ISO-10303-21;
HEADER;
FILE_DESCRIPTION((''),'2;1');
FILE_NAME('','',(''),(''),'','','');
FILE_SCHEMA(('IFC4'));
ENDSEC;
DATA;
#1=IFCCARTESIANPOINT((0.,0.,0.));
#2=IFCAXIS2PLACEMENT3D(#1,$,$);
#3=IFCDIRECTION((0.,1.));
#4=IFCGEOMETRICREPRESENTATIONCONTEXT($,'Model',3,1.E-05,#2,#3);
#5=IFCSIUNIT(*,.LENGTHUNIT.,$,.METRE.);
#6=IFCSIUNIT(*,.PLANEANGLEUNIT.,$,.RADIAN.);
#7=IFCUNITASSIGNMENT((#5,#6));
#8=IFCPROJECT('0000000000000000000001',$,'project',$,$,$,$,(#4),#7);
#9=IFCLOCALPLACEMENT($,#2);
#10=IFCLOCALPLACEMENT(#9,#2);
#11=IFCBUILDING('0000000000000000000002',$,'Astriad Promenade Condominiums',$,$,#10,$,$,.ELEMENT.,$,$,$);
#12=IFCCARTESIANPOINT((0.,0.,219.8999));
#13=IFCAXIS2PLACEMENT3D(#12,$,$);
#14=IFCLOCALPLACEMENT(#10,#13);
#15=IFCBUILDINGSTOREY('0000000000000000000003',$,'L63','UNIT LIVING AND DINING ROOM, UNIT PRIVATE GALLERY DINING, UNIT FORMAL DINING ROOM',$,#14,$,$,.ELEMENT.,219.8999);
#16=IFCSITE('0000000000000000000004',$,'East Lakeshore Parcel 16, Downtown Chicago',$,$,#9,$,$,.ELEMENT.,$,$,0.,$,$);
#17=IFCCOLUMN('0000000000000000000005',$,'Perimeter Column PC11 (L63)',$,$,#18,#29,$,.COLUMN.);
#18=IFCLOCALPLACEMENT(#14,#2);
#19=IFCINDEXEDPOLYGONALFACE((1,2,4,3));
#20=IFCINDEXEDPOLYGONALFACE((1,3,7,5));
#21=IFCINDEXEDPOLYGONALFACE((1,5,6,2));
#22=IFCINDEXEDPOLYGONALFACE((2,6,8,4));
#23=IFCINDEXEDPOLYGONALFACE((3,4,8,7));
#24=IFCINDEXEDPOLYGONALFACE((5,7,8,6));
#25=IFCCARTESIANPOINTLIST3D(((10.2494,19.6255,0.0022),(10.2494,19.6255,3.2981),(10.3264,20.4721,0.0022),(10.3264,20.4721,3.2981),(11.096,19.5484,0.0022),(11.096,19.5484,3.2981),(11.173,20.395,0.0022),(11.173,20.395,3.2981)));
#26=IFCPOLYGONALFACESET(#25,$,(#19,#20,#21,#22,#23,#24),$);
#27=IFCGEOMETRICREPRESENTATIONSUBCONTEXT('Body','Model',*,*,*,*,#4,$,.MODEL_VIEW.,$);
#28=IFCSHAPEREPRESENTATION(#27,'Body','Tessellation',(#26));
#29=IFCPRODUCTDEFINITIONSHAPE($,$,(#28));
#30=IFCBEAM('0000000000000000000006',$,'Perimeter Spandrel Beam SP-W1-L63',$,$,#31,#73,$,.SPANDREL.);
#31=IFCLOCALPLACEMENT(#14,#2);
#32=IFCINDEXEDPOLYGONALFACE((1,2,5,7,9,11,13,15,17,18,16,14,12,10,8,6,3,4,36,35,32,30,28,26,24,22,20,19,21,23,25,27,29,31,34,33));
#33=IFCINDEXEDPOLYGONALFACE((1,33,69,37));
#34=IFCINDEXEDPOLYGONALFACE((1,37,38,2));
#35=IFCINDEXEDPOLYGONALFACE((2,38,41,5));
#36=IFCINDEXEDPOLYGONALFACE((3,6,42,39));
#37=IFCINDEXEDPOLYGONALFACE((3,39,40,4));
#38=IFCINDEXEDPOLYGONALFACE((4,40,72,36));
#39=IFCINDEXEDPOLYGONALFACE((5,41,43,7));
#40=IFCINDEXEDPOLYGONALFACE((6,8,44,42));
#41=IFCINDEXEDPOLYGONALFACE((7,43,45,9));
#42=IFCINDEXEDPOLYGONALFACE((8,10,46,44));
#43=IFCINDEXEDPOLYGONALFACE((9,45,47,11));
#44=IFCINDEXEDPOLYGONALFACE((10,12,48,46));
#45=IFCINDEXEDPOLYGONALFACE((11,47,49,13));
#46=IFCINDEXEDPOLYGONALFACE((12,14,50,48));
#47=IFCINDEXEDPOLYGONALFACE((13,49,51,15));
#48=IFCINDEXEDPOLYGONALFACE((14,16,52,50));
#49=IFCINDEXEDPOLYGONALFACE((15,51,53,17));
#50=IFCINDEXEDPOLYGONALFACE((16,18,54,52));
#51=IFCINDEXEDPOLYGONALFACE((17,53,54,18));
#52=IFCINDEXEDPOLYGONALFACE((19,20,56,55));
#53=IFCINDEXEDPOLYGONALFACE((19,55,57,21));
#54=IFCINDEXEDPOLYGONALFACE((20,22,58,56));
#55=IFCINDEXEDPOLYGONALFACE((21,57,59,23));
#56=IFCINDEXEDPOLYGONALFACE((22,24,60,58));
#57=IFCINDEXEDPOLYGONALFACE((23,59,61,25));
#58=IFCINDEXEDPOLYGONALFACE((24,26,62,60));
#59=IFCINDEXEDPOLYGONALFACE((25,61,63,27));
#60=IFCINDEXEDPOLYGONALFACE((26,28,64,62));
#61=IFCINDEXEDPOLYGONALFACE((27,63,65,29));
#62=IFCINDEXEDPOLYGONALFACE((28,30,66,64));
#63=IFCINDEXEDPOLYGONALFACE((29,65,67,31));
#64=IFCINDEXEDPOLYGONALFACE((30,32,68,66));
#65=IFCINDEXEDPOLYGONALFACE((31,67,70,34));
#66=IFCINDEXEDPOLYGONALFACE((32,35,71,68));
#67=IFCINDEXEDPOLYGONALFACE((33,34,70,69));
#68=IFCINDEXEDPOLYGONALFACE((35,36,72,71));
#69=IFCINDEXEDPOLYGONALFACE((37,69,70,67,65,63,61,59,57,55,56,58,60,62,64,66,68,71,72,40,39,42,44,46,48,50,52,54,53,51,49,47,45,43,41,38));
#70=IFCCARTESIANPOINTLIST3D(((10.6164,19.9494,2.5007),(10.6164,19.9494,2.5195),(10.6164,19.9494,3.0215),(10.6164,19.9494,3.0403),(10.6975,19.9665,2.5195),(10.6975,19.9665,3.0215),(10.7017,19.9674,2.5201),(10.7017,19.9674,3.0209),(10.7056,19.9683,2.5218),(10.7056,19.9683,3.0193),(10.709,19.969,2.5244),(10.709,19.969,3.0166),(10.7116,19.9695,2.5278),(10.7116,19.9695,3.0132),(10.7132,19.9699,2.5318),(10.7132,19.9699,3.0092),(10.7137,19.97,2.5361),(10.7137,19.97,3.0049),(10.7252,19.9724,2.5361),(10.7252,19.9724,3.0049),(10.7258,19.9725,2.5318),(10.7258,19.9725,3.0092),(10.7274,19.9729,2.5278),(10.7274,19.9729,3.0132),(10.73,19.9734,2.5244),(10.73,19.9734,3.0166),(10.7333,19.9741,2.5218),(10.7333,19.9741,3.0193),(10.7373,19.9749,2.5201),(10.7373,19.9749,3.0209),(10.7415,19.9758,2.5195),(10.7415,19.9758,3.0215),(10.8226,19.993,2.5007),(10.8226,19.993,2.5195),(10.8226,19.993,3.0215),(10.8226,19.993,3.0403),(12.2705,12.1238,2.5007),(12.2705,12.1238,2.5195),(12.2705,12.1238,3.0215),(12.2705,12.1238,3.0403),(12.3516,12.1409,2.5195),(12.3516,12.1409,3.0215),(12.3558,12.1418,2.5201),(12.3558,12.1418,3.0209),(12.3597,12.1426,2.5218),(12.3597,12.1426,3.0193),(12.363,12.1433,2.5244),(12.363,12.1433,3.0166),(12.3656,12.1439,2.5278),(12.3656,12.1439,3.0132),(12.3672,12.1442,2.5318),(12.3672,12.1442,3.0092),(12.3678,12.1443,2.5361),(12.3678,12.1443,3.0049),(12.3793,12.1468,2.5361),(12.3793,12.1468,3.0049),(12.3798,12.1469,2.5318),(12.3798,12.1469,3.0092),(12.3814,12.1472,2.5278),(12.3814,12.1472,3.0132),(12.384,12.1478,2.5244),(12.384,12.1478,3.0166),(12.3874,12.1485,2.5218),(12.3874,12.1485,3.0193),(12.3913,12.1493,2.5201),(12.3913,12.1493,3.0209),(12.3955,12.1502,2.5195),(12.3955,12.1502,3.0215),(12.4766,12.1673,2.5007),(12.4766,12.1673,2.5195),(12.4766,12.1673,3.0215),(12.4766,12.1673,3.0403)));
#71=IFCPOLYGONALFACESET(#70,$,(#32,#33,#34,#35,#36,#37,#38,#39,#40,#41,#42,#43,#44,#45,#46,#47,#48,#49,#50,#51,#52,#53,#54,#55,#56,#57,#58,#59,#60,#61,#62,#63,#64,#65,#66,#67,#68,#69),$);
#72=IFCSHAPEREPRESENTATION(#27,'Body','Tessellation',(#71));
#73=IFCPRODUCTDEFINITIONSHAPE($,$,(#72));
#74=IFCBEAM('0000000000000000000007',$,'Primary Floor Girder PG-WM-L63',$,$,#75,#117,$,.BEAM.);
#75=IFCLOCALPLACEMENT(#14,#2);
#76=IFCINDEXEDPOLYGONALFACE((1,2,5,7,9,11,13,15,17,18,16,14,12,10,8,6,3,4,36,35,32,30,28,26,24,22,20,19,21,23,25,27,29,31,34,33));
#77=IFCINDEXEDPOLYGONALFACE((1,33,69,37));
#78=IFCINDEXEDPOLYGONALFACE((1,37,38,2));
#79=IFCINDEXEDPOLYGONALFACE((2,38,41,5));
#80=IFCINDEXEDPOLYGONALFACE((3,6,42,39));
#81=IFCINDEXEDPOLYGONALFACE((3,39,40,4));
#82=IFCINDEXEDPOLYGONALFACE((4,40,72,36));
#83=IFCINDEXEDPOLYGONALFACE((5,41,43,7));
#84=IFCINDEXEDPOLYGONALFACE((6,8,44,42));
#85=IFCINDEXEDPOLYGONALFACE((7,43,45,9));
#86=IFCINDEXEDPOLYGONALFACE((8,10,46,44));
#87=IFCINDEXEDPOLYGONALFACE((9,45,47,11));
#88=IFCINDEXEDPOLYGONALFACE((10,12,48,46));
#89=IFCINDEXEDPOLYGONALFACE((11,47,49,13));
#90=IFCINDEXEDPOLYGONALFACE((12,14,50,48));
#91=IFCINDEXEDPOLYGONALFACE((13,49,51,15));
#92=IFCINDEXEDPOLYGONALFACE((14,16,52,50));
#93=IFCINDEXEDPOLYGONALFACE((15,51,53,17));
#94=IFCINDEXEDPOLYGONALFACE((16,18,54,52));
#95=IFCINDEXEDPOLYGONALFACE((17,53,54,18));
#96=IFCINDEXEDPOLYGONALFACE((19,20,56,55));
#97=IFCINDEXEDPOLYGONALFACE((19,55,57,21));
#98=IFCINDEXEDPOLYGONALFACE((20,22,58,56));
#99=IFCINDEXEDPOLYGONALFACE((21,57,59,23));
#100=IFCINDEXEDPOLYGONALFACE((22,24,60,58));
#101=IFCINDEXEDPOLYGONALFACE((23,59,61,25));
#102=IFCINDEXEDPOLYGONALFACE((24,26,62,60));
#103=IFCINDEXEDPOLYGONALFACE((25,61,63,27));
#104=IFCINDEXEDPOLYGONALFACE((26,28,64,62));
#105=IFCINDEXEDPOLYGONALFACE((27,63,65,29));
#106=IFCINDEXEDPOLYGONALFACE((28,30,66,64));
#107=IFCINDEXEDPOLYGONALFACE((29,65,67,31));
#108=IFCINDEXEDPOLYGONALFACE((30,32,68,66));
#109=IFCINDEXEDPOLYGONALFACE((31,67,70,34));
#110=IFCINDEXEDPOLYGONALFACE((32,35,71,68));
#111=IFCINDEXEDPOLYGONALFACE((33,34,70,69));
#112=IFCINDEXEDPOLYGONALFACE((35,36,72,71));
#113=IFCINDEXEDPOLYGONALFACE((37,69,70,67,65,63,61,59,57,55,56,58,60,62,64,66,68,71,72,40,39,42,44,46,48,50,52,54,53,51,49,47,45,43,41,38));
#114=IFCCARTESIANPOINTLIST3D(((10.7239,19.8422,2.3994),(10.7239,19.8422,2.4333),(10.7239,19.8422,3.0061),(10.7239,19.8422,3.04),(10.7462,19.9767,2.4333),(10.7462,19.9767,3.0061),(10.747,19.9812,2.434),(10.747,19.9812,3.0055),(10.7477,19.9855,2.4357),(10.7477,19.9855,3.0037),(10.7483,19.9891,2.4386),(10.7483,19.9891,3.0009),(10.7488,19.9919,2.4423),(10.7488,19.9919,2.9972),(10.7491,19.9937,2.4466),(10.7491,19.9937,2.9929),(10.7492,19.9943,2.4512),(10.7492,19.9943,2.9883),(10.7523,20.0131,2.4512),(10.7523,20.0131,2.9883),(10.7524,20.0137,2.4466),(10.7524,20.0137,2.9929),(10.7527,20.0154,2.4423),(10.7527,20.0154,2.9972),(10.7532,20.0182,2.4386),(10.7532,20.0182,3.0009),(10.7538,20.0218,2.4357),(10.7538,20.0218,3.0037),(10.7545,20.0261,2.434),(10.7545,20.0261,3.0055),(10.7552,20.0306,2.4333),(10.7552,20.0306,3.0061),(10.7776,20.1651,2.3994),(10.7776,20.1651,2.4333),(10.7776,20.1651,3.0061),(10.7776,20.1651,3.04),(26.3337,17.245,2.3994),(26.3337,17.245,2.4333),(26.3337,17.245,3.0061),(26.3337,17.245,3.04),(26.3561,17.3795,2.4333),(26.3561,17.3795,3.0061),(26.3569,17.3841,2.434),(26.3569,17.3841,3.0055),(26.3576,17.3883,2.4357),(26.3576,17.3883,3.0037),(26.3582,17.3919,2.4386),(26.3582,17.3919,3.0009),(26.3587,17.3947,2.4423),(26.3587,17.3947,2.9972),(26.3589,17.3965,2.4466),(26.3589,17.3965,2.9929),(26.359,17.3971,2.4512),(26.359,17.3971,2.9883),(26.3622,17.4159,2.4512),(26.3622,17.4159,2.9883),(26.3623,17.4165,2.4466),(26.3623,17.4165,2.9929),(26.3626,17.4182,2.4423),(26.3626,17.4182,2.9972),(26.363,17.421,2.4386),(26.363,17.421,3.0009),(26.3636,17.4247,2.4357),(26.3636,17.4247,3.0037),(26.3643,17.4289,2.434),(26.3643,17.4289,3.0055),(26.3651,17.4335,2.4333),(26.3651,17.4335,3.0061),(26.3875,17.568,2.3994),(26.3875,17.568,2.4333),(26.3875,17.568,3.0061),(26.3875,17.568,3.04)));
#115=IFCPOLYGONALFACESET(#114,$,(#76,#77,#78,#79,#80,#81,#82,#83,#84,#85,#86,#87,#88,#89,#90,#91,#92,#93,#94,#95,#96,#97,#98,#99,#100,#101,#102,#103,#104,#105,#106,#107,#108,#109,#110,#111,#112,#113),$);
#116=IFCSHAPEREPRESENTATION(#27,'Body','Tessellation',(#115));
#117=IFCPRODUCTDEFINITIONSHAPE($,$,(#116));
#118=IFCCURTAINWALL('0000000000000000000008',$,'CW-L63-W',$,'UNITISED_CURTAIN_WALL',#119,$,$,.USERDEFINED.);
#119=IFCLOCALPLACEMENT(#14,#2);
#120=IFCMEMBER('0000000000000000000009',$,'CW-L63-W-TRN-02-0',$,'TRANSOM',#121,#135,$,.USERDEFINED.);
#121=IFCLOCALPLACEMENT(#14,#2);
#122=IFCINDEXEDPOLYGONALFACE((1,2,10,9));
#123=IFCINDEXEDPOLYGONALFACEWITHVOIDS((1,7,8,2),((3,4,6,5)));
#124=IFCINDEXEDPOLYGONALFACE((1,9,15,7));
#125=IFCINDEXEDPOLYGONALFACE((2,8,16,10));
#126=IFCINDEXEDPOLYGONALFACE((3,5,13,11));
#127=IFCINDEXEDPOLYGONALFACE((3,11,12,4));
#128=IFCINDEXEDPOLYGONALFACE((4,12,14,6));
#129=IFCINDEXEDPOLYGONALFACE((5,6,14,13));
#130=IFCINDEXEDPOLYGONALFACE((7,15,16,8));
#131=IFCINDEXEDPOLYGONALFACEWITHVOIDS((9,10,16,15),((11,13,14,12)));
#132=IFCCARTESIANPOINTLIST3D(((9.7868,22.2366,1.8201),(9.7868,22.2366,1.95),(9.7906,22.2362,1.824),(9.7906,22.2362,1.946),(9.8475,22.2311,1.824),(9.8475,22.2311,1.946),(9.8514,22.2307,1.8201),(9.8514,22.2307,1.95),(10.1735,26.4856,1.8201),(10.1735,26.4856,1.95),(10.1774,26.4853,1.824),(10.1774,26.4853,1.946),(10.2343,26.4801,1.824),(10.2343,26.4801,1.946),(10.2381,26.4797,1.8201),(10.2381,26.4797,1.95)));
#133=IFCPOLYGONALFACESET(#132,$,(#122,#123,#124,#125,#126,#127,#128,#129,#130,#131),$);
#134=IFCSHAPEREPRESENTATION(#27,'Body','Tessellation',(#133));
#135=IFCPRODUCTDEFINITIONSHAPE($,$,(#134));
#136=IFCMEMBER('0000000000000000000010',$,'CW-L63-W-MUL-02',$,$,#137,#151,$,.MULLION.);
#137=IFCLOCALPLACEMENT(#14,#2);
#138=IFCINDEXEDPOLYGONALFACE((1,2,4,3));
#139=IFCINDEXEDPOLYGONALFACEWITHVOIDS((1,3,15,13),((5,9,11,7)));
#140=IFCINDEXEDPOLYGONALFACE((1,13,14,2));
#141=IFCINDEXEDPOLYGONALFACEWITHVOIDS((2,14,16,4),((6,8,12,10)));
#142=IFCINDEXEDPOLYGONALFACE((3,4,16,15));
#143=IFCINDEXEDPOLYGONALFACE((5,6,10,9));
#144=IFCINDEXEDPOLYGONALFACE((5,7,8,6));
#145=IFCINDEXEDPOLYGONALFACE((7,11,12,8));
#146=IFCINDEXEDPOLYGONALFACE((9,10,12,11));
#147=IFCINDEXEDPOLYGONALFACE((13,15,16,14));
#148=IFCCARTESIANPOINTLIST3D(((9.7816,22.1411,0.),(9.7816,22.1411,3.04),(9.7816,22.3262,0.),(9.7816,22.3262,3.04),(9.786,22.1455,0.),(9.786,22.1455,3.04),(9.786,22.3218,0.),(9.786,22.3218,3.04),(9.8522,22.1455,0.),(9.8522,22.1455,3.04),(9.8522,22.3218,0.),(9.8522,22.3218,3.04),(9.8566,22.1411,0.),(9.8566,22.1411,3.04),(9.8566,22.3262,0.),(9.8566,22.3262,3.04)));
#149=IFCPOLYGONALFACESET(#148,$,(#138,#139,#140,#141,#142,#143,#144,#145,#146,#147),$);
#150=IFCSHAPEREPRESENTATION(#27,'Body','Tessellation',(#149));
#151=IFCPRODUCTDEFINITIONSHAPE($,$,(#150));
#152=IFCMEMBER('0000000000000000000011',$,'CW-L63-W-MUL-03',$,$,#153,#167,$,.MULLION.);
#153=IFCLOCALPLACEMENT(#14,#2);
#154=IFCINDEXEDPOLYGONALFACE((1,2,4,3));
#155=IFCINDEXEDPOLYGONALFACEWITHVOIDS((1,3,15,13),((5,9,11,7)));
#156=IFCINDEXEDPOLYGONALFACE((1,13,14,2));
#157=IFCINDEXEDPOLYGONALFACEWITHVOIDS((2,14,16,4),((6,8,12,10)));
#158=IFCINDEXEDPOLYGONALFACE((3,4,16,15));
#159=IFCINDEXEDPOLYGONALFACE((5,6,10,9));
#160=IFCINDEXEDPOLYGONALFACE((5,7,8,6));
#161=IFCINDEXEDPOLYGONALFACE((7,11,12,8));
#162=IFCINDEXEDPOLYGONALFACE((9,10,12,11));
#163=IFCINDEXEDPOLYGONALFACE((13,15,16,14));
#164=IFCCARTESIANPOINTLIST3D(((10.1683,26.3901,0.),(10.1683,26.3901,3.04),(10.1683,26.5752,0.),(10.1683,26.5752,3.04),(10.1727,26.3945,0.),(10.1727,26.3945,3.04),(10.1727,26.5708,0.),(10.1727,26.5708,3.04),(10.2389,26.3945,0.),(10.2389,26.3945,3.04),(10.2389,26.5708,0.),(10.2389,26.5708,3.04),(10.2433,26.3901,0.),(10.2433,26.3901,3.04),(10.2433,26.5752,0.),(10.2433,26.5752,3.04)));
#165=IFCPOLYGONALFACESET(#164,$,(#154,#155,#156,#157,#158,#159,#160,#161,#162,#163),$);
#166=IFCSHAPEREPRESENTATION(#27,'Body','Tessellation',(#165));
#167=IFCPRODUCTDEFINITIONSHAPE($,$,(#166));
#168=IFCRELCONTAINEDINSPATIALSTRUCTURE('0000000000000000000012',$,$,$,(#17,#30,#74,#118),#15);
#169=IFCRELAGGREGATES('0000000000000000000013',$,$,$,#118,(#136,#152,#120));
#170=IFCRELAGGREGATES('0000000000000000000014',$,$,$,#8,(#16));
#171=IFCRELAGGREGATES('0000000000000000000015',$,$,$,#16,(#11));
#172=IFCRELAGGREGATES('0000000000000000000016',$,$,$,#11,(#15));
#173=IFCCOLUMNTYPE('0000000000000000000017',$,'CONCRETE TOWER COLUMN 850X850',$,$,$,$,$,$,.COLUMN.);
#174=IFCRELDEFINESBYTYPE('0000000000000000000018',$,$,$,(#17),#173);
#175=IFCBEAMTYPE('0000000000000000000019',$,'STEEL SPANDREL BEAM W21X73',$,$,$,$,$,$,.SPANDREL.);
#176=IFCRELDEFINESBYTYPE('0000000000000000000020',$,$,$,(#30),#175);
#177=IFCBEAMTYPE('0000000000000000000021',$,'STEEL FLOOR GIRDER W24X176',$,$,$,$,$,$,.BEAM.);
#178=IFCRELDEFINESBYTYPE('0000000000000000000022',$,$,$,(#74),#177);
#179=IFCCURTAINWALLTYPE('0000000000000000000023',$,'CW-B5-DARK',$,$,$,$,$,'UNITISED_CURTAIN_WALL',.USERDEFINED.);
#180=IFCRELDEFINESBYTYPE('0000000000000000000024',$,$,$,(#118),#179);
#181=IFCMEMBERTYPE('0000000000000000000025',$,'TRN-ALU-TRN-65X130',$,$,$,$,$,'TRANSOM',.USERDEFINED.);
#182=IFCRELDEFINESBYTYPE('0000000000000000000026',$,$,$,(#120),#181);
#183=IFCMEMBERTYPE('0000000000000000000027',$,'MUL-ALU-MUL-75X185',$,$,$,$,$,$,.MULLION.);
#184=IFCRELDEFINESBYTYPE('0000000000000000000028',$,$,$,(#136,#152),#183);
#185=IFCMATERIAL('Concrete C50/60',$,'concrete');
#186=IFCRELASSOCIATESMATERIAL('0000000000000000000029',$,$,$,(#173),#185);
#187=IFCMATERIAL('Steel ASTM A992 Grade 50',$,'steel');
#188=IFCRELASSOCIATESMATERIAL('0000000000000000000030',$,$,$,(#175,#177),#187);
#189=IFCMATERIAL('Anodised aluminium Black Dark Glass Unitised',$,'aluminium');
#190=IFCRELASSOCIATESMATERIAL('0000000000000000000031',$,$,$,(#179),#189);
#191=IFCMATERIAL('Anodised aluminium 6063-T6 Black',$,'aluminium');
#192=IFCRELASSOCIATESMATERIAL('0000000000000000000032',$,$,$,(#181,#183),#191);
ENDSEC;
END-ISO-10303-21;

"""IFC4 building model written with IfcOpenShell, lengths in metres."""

from ifc_helpers import new_model, si_unit, direction, frame, origin, origin_2d, place, context, subcontext, project, spatial, rectangle, hollow_rectangle, i_section, extrude, source, transform, mapped, material, material_profile, profile_set, type_object, type_shapes, element, aggregate, save


model = new_model("IFC4")

# Units and contexts
model_context = context("Model", 3, precision=1e-05, world=origin(), true_north=direction((0.0, 1.0)))
body_context = subcontext(model_context, "Body", "Model", "MODEL_VIEW")
ifc_project = project(units=[si_unit("LENGTHUNIT", "METRE"), si_unit("PLANEANGLEUNIT", "RADIAN")], contexts=[model_context])

# Site, building, storey
site_placement = place(None, origin())
site = spatial("IfcSite", under=ifc_project, at=site_placement, Name="East Lakeshore Parcel 16, Downtown Chicago", CompositionType="ELEMENT", RefElevation=0.0)
building_placement = place(site_placement, origin())
building = spatial("IfcBuilding", under=site, at=building_placement, Name="Astriad Promenade Condominiums", CompositionType="ELEMENT")
storey_placement = place(building_placement, frame((0.0, 0.0, 219.8999)))
storey = spatial("IfcBuildingStorey", under=building, at=storey_placement, Name="L63", Description="UNIT LIVING AND DINING ROOM, UNIT PRIVATE GALLERY DINING, UNIT FORMAL DINING ROOM", CompositionType="ELEMENT", Elevation=219.8999)

# Column
ifc_material_1 = material(Name="Concrete C50/60", Category="concrete")
ifc_material_profile_1 = material_profile(ifc_material_1, rectangle(XDim=0.8501, YDim=0.8501, at=origin_2d()), Name="RC-COL-850X850")
ifc_profile_set_1 = profile_set([ifc_material_profile_1], Name="Concrete C50/60")
column_type = type_object("IfcColumnType", Name="CONCRETE TOWER COLUMN 850X850", PredefinedType="COLUMN", material=ifc_profile_set_1)
shared_shape_1 = source(origin(), body_context, "Body", "SweptSolid", [
    extrude(rectangle(XDim=0.8501, YDim=0.8501, at=origin_2d()), origin(), (0.0, 0.0, 1.0), 3.2959),
])
type_shapes(column_type, [shared_shape_1])
column_placement = place(storey_placement, frame((10.7112, 20.0103, 0.0022), z_axis=(0.0, 0.0, 1.0), x_axis=(0.995884, -0.090633, 0.0)))
element("IfcColumn", 1, at=column_placement, inside=storey, type_object=column_type, Name="Perimeter Column PC11 (L63)", PredefinedType="COLUMN", context=body_context, shape_type="MappedRepresentation", body=[
    mapped(shared_shape_1, transform((0.0, 0.0, 0.0), scale=1.0)),
])

# Beams
ifc_material_2 = material(Name="Steel ASTM A992 Grade 50", Category="steel")
ifc_material_profile_2 = material_profile(ifc_material_2, i_section(OverallWidth=0.2107, OverallDepth=0.5396, WebThickness=0.0117, FlangeThickness=0.0188, FilletRadius=0.0166, at=origin_2d()), Name="W21X73")
ifc_profile_set_2 = profile_set([ifc_material_profile_2], Name="Steel ASTM A992 Grade 50")
beam_type_1 = type_object("IfcBeamType", Name="STEEL SPANDREL BEAM W21X73", PredefinedType="SPANDREL", material=ifc_profile_set_2)
shared_shape_2 = source(origin(), body_context, "Body", "SweptSolid", [
    extrude(i_section(OverallWidth=0.2107, OverallDepth=0.5396, WebThickness=0.0117, FlangeThickness=0.0188, FilletRadius=0.0166, at=origin_2d()), origin(), (0.0, 0.0, 1.0), 7.9985),
])
type_shapes(beam_type_1, [shared_shape_2])
beam_1_placement = place(storey_placement, frame((10.7195, 19.9712, 2.7705), z_axis=(0.206793, -0.978385, 0.0), x_axis=(0.978385, 0.206793, 0.0)))
element("IfcBeam", 2, at=beam_1_placement, inside=storey, type_object=beam_type_1, Name="Perimeter Spandrel Beam SP-W1-L63", PredefinedType="SPANDREL", context=body_context, shape_type="MappedRepresentation", body=[
    mapped(shared_shape_2, transform((0.0, 0.0, 0.0), scale=1.0)),
])
ifc_material_profile_3 = material_profile(ifc_material_2, i_section(OverallWidth=0.3274, OverallDepth=0.6406, WebThickness=0.019, FlangeThickness=0.0339, FilletRadius=0.0178, at=origin_2d()), Name="W24X176")
ifc_profile_set_3 = profile_set([ifc_material_profile_3], Name="Steel ASTM A992 Grade 50")
beam_type_2 = type_object("IfcBeamType", Name="STEEL FLOOR GIRDER W24X176", PredefinedType="BEAM", material=ifc_profile_set_3)
shared_shape_3 = source(origin(), body_context, "Body", "SweptSolid", [
    extrude(i_section(OverallWidth=0.3274, OverallDepth=0.6406, WebThickness=0.019, FlangeThickness=0.0339, FilletRadius=0.0178, at=origin_2d()), origin(), (0.0, 0.0, 1.0), 15.8245),
])
type_shapes(beam_type_2, [shared_shape_3])
beam_2_placement = place(storey_placement, frame((10.7507, 20.0037, 2.7197), z_axis=(0.98644, -0.164124, 0.0), x_axis=(0.164124, 0.98644, 0.0)))
element("IfcBeam", 3, at=beam_2_placement, inside=storey, type_object=beam_type_2, Name="Primary Floor Girder PG-WM-L63", PredefinedType="BEAM", context=body_context, shape_type="MappedRepresentation", body=[
    mapped(shared_shape_3, transform((0.0, 0.0, 0.0), scale=1.0)),
])

# Curtain wall, members
ifc_material_3 = material(Name="Anodised aluminium Black Dark Glass Unitised", Category="aluminium")
curtain_wall_type = type_object("IfcCurtainWallType", Name="CW-B5-DARK", ElementType="UNITISED_CURTAIN_WALL", PredefinedType="USERDEFINED", material=ifc_material_3)
curtain_wall_placement = place(storey_placement, origin())
curtain_wall = element("IfcCurtainWall", 4, at=curtain_wall_placement, inside=storey, type_object=curtain_wall_type, Name="CW-L63-W", ObjectType="UNITISED_CURTAIN_WALL", PredefinedType="USERDEFINED")
ifc_material_4 = material(Name="Anodised aluminium 6063-T6 Black", Category="aluminium")
ifc_material_profile_4 = material_profile(ifc_material_4, hollow_rectangle(XDim=0.0649, YDim=0.1299, WallThickness=0.0039, at=origin_2d()), Name="ALU-TRN-65X130")
ifc_profile_set_4 = profile_set([ifc_material_profile_4], Name="Anodised aluminium 6063-T6 Black")
member_type_1 = type_object("IfcMemberType", Name="TRN-ALU-TRN-65X130", ElementType="TRANSOM", PredefinedType="USERDEFINED", material=ifc_profile_set_4)
shared_shape_4 = source(origin(), body_context, "Body", "SweptSolid", [
    extrude(hollow_rectangle(XDim=0.0649, YDim=0.1299, WallThickness=0.0039, at=origin_2d()), origin(), (0.0, 0.0, 1.0), 4.2666),
])
type_shapes(member_type_1, [shared_shape_4])
member_1_placement = place(storey_placement, frame((9.8191, 22.2336, 1.885), z_axis=(0.090639, 0.995884, 0.0), x_axis=(-0.995884, 0.090639, 0.0)))
member_1 = element("IfcMember", 5, at=member_1_placement, type_object=member_type_1, Name="CW-L63-W-TRN-02-0", ObjectType="TRANSOM", PredefinedType="USERDEFINED", context=body_context, shape_type="MappedRepresentation", body=[
    mapped(shared_shape_4, transform((0.0, 0.0, 0.0), scale=1.0)),
])
ifc_material_profile_5 = material_profile(ifc_material_4, hollow_rectangle(XDim=0.075, YDim=0.1851, WallThickness=0.0044, at=origin_2d()), Name="ALU-MUL-75X185")
ifc_profile_set_5 = profile_set([ifc_material_profile_5], Name="Anodised aluminium 6063-T6 Black")
member_type_2 = type_object("IfcMemberType", Name="MUL-ALU-MUL-75X185", PredefinedType="MULLION", material=ifc_profile_set_5)
shared_shape_5 = source(origin(), body_context, "Body", "SweptSolid", [
    extrude(hollow_rectangle(XDim=0.075, YDim=0.1851, WallThickness=0.0044, at=origin_2d()), origin(), (0.0, 0.0, 1.0), 3.04),
])
type_shapes(member_type_2, [shared_shape_5])
member_2_placement = place(storey_placement, frame((9.8191, 22.2336, 0.0), z_axis=(0.0, 0.0, 1.0), x_axis=(1.0, 0.0, 0.0)))
member_2 = element("IfcMember", 6, at=member_2_placement, type_object=member_type_2, Name="CW-L63-W-MUL-02", PredefinedType="MULLION", context=body_context, shape_type="MappedRepresentation", body=[
    mapped(shared_shape_5, transform((0.0, 0.0, 0.0), scale=1.0)),
])
member_3_placement = place(storey_placement, frame((10.2058, 26.4827, 0.0), z_axis=(0.0, 0.0, 1.0), x_axis=(1.0, 0.0, 0.0)))
member_3 = element("IfcMember", 7, at=member_3_placement, type_object=member_type_2, Name="CW-L63-W-MUL-03", PredefinedType="MULLION", context=body_context, shape_type="MappedRepresentation", body=[
    mapped(shared_shape_5, transform((0.0, 0.0, 0.0), scale=1.0)),
])
aggregate(curtain_wall, [member_2, member_3, member_1])

save(model, "model.ifc")
